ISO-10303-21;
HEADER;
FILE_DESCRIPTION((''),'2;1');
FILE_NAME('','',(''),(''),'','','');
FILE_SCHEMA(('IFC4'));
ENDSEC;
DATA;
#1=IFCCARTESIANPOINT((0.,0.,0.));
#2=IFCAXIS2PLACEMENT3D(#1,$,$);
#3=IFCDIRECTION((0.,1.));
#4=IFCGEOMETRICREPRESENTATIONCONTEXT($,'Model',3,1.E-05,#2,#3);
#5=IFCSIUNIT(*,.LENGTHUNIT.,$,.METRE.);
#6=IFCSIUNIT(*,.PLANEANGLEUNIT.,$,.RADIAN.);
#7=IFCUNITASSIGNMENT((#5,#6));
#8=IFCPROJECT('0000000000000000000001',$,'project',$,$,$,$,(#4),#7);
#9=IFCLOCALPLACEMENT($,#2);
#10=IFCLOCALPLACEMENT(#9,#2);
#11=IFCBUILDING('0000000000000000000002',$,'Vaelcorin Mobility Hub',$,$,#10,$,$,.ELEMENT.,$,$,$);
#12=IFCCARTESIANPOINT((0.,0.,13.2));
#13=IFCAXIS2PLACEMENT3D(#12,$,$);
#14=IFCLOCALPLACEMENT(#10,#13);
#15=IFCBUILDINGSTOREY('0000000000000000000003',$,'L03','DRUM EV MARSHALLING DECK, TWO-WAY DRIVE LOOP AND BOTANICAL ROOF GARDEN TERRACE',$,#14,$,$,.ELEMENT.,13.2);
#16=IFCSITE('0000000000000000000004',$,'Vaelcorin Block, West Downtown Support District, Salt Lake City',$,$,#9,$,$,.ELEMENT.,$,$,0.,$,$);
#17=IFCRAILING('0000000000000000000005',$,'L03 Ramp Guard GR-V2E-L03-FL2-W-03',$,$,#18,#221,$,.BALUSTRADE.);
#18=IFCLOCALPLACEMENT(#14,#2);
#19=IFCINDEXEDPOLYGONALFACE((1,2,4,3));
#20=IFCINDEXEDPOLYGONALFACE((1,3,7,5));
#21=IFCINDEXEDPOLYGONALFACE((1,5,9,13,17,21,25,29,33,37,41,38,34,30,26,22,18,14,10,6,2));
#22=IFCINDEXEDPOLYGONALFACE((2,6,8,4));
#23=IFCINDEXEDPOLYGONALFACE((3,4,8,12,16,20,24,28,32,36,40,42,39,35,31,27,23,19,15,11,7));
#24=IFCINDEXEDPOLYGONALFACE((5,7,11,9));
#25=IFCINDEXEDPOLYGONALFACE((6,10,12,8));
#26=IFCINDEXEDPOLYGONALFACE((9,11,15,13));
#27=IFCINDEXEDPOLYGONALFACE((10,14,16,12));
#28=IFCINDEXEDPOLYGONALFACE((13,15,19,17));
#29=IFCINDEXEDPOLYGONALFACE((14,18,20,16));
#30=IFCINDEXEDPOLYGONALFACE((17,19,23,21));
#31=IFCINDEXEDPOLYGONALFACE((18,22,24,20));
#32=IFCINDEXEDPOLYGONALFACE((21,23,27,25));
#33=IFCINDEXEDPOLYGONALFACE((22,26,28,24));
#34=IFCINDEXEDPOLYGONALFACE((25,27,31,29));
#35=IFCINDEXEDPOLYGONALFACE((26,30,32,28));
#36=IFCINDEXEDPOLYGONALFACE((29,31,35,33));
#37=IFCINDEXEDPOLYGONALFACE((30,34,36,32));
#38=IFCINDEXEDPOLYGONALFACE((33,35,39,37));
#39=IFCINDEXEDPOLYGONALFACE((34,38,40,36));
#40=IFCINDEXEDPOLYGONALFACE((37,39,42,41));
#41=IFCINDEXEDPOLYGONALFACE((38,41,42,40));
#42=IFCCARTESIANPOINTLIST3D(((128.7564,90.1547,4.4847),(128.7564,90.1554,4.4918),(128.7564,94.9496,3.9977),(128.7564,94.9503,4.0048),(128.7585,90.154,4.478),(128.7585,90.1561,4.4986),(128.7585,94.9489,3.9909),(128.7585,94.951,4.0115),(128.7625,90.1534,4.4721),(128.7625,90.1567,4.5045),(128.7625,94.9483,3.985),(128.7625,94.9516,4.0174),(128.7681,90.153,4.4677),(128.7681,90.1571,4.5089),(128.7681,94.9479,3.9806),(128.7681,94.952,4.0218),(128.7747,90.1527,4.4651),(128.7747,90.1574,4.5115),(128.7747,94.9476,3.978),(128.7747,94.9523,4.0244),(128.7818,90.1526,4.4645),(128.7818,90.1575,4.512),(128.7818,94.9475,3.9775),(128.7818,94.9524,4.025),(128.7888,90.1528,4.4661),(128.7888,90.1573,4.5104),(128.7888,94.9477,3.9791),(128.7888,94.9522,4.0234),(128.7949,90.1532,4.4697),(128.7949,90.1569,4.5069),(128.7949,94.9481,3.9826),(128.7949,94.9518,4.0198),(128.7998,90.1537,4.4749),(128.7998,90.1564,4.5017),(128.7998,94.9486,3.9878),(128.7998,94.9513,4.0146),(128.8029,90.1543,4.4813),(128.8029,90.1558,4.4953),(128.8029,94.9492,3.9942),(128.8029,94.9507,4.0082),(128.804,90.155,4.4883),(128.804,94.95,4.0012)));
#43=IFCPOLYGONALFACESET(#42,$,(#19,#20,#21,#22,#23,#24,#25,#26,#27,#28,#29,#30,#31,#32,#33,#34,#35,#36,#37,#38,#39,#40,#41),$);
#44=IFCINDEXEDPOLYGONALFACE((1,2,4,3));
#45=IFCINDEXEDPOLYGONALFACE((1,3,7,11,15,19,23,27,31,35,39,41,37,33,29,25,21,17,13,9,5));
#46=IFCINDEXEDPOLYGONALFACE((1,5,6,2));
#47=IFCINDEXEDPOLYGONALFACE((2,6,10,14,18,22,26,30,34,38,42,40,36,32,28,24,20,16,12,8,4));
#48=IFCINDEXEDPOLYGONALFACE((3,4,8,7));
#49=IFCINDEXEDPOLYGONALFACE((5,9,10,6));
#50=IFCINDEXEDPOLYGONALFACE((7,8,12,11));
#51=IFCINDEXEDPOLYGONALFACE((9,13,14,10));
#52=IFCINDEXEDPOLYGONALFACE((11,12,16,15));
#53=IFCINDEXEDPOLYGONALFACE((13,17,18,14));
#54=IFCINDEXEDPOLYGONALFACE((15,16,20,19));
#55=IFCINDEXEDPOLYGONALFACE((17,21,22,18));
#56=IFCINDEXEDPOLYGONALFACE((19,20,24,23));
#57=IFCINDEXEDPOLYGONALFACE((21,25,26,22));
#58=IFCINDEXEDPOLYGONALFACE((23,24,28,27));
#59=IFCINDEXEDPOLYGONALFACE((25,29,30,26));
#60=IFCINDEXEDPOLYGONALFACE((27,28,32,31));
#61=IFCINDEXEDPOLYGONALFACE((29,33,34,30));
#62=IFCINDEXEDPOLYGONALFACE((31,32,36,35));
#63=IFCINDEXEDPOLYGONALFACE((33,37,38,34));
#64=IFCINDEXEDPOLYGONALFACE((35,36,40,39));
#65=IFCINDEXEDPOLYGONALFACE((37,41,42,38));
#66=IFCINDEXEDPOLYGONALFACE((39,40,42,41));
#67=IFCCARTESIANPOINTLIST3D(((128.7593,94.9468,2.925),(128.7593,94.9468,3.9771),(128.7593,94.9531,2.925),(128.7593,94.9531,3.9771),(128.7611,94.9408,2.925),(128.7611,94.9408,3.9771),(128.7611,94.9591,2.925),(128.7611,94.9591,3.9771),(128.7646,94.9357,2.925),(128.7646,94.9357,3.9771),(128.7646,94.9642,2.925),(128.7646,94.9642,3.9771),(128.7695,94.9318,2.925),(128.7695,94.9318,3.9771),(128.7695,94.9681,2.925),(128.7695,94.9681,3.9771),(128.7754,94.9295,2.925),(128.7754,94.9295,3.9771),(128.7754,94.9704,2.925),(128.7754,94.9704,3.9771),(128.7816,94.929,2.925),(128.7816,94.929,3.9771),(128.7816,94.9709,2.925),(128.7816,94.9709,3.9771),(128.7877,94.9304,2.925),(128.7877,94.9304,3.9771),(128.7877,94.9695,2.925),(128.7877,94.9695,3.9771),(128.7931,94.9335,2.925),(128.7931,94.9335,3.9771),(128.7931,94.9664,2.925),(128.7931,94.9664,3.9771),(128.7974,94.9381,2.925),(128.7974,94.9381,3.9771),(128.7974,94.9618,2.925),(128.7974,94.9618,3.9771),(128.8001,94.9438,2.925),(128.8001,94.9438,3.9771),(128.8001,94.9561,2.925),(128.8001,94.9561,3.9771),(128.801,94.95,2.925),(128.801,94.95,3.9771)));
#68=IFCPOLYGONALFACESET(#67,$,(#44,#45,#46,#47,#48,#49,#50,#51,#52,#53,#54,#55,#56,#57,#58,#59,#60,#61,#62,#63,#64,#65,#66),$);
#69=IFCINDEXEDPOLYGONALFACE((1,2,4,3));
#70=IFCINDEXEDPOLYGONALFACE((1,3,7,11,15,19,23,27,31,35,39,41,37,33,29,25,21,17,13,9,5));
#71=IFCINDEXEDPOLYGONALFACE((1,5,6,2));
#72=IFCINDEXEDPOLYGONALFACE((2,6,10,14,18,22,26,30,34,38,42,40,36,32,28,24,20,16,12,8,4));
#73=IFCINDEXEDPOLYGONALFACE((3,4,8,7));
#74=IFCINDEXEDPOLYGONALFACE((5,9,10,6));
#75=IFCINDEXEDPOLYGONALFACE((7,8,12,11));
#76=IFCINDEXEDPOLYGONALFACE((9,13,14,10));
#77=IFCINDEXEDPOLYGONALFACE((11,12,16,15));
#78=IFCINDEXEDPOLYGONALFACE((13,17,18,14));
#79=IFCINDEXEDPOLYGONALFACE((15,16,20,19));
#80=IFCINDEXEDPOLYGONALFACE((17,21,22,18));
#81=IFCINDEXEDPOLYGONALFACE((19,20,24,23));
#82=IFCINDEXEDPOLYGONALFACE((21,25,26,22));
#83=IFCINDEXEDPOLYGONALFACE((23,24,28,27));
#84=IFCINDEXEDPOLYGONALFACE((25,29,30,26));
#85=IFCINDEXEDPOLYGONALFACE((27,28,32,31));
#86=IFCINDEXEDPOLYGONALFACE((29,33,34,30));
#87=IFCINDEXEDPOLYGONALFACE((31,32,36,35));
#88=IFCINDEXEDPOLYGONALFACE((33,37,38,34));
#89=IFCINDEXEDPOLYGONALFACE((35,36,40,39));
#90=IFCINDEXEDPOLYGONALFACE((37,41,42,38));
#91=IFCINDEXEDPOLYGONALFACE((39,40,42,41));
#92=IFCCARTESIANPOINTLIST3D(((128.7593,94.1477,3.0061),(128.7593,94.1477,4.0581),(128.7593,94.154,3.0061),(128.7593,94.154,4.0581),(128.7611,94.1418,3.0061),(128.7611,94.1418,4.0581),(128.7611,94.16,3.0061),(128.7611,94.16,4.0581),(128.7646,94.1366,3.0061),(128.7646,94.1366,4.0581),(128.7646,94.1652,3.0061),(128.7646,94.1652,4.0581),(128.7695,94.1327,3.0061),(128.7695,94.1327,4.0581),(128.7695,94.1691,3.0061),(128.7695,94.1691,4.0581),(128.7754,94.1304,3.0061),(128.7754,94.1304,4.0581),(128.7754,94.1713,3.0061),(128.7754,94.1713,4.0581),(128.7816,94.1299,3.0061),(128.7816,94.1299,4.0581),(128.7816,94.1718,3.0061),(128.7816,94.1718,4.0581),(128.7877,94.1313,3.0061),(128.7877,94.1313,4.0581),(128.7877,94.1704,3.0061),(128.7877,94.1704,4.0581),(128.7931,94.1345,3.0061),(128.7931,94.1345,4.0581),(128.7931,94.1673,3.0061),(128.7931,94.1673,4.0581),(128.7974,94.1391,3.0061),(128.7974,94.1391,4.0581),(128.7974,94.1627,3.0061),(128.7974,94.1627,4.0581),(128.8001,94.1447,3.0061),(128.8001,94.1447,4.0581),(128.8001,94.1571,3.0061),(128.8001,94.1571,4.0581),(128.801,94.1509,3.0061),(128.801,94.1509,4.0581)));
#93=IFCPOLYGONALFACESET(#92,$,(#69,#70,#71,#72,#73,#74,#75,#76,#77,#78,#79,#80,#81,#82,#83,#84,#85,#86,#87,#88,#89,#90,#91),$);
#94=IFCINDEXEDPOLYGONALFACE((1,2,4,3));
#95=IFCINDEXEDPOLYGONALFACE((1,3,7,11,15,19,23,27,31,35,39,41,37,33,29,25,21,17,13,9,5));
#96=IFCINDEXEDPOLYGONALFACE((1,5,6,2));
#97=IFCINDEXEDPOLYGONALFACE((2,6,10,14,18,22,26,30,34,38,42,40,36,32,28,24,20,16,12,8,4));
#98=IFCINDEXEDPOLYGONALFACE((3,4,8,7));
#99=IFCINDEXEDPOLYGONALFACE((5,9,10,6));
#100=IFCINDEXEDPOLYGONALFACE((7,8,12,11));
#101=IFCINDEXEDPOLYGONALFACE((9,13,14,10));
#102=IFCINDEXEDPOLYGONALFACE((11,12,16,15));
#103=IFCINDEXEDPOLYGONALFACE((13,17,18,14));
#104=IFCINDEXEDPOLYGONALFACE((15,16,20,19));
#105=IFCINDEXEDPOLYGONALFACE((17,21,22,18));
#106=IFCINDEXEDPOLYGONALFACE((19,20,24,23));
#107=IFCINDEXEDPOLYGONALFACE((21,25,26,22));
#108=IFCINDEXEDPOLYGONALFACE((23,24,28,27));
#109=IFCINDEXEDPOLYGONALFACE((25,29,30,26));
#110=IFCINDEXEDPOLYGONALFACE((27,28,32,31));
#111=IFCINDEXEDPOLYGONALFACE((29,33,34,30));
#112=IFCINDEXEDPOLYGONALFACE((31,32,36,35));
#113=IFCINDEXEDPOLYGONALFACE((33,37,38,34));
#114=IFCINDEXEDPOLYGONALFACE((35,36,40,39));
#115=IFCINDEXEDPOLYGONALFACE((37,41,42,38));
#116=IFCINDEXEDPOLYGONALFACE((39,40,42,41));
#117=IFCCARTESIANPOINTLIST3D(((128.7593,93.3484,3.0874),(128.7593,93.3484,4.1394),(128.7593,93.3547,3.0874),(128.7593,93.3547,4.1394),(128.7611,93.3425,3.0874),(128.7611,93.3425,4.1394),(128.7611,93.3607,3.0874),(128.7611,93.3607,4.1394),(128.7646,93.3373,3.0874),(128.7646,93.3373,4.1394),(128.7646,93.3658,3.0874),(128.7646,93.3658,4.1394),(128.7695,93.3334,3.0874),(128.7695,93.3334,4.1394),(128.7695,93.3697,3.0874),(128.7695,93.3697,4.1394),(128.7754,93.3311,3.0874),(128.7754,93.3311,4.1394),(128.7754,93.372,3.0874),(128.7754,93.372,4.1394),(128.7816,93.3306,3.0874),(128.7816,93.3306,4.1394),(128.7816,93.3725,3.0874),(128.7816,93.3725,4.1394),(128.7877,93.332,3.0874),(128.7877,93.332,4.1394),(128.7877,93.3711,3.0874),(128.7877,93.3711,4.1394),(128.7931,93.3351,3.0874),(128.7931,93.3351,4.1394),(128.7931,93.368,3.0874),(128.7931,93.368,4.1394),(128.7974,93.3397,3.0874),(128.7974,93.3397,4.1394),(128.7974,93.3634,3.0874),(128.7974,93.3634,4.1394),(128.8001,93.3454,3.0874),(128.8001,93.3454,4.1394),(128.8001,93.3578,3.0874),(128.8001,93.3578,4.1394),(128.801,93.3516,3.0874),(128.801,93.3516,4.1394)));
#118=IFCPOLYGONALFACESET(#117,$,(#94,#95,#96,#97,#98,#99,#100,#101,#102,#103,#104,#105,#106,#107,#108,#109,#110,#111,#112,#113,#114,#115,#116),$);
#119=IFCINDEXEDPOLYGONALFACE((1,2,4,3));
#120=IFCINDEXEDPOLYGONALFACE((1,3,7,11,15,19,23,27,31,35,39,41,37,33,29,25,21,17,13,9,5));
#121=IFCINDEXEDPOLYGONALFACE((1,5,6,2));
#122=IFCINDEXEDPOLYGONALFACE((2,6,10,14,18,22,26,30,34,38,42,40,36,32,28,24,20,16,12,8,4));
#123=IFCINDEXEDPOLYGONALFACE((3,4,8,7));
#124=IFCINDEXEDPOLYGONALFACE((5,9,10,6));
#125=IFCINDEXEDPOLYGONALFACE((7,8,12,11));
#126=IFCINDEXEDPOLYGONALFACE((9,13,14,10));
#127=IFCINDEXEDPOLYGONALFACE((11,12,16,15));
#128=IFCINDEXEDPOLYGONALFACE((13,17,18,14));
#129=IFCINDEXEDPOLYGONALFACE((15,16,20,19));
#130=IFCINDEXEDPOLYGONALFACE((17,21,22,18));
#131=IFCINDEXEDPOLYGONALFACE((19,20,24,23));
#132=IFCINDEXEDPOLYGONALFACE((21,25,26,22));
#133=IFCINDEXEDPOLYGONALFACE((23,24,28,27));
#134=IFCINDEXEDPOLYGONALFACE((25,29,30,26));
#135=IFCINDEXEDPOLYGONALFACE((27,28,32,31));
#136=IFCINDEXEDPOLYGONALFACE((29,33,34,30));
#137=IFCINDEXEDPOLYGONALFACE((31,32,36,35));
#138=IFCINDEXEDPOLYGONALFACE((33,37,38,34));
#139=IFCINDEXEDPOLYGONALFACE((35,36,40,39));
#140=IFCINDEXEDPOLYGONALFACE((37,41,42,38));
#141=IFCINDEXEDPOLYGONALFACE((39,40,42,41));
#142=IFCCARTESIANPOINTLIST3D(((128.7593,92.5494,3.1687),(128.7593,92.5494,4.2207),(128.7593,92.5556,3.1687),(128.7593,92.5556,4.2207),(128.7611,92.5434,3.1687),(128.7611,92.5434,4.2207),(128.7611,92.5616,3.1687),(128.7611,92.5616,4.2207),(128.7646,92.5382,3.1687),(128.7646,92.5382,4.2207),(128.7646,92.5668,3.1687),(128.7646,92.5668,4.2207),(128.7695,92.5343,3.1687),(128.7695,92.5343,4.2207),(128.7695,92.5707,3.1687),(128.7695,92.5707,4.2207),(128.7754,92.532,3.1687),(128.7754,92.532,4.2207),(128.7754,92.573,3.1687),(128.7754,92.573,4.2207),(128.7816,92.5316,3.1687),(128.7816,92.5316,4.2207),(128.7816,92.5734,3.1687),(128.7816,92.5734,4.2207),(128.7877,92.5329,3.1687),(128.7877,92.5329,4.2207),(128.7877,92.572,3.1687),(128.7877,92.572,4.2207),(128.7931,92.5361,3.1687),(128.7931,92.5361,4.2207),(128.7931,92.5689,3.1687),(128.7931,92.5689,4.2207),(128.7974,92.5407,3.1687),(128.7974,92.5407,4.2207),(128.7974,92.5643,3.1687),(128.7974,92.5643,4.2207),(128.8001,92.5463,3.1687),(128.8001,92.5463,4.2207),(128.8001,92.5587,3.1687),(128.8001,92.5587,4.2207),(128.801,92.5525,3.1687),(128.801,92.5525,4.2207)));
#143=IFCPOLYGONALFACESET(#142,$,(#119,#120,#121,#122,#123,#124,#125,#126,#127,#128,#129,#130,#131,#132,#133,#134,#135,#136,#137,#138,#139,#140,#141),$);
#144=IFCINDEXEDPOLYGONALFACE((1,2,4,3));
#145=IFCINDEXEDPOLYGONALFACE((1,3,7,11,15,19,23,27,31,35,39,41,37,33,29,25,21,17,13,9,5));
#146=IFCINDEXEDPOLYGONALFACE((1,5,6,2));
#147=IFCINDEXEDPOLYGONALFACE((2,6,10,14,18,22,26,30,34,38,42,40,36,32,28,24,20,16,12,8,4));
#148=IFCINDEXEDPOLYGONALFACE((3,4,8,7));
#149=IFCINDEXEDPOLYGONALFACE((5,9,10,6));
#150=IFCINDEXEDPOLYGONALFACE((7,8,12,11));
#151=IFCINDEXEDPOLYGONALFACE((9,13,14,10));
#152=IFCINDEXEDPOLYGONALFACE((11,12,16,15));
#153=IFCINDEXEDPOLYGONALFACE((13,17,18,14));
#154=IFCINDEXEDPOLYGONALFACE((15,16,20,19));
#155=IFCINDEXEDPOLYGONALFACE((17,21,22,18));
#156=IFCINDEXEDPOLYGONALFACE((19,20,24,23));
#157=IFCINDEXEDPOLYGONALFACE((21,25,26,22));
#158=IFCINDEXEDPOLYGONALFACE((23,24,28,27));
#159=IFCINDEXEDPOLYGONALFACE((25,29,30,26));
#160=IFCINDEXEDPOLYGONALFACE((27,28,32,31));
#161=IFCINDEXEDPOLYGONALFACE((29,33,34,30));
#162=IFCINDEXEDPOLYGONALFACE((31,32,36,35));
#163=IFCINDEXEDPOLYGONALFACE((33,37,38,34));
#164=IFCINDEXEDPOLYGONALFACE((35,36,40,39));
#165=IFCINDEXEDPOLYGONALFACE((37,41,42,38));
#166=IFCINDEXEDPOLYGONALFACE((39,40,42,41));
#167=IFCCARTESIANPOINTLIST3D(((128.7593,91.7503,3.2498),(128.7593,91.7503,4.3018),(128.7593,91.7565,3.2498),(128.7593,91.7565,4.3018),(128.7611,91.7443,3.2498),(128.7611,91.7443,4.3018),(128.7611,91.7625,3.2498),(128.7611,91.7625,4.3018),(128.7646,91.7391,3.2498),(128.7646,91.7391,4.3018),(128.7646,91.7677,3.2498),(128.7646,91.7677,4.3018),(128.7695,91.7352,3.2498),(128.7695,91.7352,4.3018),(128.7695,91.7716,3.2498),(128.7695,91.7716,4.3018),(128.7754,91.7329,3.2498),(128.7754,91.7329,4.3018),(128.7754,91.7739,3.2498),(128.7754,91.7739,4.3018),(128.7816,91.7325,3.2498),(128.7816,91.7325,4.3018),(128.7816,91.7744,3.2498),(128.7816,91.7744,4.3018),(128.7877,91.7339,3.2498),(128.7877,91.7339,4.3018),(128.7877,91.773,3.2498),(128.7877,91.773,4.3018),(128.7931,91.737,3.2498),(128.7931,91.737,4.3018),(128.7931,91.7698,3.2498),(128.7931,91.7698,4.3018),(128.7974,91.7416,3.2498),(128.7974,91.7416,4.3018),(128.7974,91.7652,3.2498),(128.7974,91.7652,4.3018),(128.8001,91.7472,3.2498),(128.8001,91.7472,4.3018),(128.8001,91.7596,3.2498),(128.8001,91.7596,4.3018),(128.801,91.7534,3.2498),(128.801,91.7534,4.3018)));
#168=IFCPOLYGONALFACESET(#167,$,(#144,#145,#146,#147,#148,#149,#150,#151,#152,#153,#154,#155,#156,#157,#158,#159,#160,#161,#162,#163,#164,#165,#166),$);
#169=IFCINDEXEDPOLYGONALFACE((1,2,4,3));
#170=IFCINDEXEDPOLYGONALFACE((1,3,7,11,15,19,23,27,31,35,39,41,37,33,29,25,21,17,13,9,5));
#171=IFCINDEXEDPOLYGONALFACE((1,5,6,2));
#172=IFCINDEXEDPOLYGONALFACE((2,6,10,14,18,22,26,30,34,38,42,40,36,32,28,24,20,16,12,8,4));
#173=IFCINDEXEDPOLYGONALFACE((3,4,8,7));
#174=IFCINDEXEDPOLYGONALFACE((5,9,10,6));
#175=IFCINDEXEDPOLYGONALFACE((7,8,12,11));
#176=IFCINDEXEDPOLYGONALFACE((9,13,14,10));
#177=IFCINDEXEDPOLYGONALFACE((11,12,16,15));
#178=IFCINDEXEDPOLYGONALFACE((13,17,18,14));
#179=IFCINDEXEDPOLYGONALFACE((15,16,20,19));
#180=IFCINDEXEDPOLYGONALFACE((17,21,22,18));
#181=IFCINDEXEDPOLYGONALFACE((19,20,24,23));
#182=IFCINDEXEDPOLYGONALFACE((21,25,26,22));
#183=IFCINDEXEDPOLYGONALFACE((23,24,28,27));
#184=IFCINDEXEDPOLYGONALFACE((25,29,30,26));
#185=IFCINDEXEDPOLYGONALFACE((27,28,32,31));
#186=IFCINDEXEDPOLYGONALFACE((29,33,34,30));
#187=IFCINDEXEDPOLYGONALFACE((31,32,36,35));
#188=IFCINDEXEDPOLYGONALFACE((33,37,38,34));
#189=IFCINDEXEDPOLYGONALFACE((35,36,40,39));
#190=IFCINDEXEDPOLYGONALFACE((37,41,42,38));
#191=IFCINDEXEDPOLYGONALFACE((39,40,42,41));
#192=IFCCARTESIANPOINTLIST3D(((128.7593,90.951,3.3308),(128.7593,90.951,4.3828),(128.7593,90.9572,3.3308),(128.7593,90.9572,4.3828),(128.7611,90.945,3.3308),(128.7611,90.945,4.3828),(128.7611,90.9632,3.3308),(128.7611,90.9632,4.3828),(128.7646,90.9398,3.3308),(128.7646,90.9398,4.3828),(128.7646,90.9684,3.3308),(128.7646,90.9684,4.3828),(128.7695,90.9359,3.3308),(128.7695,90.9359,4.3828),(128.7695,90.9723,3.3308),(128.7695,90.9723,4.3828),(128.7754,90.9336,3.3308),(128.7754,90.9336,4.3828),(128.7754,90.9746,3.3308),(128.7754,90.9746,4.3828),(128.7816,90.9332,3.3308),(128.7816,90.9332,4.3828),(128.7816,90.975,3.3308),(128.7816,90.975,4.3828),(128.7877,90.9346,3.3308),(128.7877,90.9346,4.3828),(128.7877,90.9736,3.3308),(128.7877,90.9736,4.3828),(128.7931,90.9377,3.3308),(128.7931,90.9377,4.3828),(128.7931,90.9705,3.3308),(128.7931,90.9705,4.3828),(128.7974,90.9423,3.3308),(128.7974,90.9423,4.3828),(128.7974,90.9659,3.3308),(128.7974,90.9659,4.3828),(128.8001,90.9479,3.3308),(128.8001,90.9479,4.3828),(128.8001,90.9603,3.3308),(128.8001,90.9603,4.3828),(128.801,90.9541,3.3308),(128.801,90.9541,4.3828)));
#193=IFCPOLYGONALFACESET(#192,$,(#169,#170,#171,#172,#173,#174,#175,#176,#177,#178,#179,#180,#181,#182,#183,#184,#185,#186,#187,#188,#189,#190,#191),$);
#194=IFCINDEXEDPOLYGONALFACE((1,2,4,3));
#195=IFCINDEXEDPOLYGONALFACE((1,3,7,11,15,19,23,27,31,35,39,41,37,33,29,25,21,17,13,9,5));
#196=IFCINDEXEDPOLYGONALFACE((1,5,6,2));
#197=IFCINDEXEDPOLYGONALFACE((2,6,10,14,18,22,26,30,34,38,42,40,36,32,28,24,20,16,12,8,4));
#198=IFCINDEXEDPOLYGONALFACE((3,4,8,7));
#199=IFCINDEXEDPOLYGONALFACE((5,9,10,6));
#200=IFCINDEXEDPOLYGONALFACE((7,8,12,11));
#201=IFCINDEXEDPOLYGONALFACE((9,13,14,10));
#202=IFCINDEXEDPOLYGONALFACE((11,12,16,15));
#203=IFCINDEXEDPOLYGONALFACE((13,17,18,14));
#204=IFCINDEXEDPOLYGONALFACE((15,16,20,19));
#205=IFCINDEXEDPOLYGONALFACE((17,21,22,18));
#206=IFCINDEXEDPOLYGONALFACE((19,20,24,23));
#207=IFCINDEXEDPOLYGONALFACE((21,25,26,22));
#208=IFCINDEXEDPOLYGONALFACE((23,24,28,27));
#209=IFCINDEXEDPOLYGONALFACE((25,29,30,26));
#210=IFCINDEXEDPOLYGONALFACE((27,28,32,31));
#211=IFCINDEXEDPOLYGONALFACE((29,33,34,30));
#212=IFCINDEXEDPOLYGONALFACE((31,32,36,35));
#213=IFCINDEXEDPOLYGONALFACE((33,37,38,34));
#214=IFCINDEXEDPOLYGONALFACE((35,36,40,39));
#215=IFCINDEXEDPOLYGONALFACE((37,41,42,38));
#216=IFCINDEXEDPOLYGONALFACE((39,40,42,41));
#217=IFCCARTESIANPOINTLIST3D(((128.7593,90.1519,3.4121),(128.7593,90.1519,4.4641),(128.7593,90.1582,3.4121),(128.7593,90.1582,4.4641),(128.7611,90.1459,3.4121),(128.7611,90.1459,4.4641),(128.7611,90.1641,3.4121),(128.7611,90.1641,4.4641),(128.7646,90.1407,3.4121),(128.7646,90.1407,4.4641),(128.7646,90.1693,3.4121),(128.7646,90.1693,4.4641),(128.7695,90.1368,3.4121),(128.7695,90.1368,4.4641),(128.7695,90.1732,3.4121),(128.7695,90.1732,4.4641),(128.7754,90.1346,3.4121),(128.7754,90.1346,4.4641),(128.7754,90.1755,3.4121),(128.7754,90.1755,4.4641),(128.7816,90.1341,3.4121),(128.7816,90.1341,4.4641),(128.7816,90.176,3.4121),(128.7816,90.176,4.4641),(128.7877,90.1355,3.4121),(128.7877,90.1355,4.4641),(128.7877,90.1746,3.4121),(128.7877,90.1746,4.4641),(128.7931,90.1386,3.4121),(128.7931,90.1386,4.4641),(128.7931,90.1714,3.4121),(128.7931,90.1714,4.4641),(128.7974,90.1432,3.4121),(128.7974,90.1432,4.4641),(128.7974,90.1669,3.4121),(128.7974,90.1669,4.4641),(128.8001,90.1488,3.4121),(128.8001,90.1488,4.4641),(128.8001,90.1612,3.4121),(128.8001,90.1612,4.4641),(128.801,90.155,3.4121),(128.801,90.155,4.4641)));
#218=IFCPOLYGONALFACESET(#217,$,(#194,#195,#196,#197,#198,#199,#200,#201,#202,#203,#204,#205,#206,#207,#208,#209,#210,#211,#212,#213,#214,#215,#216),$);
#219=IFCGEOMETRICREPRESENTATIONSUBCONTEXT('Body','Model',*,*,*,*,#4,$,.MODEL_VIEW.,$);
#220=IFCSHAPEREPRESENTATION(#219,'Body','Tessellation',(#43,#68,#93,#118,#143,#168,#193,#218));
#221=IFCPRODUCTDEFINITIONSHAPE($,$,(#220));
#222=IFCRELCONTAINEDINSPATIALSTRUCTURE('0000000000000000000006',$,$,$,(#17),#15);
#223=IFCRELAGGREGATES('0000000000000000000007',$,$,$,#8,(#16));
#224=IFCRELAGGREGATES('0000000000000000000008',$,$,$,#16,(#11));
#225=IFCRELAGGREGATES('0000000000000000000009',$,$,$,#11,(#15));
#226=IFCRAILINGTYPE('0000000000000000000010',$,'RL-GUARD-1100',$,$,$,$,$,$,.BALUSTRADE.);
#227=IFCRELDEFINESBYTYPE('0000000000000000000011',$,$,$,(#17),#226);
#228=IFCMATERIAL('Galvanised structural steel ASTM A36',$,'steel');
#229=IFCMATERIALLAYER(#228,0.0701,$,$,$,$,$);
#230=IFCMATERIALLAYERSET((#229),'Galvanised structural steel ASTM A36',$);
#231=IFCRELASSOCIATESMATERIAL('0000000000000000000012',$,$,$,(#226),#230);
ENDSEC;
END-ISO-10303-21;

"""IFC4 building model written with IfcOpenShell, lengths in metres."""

from ifc_helpers import new_model, si_unit, direction, frame, origin, origin_2d, place, context, subcontext, project, spatial, circle, extrude, material, layer, layer_set, type_object, element, save


model = new_model("IFC4")

# Units and contexts
model_context = context("Model", 3, precision=1e-05, world=origin(), true_north=direction((0.0, 1.0)))
body_context = subcontext(model_context, "Body", "Model", "MODEL_VIEW")
ifc_project = project(units=[si_unit("LENGTHUNIT", "METRE"), si_unit("PLANEANGLEUNIT", "RADIAN")], contexts=[model_context])

# Site, building, storey
site_placement = place(None, origin())
site = spatial("IfcSite", under=ifc_project, at=site_placement, Name="Vaelcorin Block, West Downtown Support District, Salt Lake City", CompositionType="ELEMENT", RefElevation=0.0)
building_placement = place(site_placement, origin())
building = spatial("IfcBuilding", under=site, at=building_placement, Name="Vaelcorin Mobility Hub", CompositionType="ELEMENT")
storey_placement = place(building_placement, frame((0.0, 0.0, 13.2)))
storey = spatial("IfcBuildingStorey", under=building, at=storey_placement, Name="L03", Description="DRUM EV MARSHALLING DECK, TWO-WAY DRIVE LOOP AND BOTANICAL ROOF GARDEN TERRACE", CompositionType="ELEMENT", Elevation=13.2)

# Railing
ifc_material_1 = material(Name="Galvanised structural steel ASTM A36", Category="steel")
ifc_layer = layer(ifc_material_1, 0.0701)
ifc_layer_set = layer_set([ifc_layer], Name="Galvanised structural steel ASTM A36")
railing_type = type_object("IfcRailingType", Name="RL-GUARD-1100", PredefinedType="BALUSTRADE", material=ifc_layer_set)
railing_1_placement = place(storey_placement, frame((128.78, 94.95, 2.925)))
element("IfcRailing", 1, at=railing_1_placement, inside=storey, type_object=railing_type, Name="L03 Ramp Guard GR-V2E-L03-FL2-W-03", PredefinedType="BALUSTRADE", context=body_context, shape_type="SweptSolid", body=[
    extrude(circle(Radius=0.0239, at=origin_2d()), frame((0.0, 0.0, 1.0762), z_axis=(0.0, -0.99488, 0.101058), x_axis=(1.0, 0.0, 0.0)), (0.0, 0.0, 1.0), 4.8196),
    extrude(circle(Radius=0.021, at=origin_2d()), origin(), (0.0, 0.0, 1.0), 1.052),
    extrude(circle(Radius=0.021, at=origin_2d()), frame((0.0, -0.7991, 0.0811)), (0.0, 0.0, 1.0), 1.052),
    extrude(circle(Radius=0.021, at=origin_2d()), frame((0.0, -1.5984, 0.1624)), (0.0, 0.0, 1.0), 1.052),
    extrude(circle(Radius=0.021, at=origin_2d()), frame((0.0, -2.3975, 0.2437)), (0.0, 0.0, 1.0), 1.052),
    extrude(circle(Radius=0.021, at=origin_2d()), frame((0.0, -3.1965, 0.3247)), (0.0, 0.0, 1.0), 1.052),
    extrude(circle(Radius=0.021, at=origin_2d()), frame((0.0, -3.9958, 0.4058)), (0.0, 0.0, 1.0), 1.052),
    extrude(circle(Radius=0.021, at=origin_2d()), frame((0.0, -4.7949, 0.4871)), (0.0, 0.0, 1.0), 1.052),
])

save(model, "model.ifc")
